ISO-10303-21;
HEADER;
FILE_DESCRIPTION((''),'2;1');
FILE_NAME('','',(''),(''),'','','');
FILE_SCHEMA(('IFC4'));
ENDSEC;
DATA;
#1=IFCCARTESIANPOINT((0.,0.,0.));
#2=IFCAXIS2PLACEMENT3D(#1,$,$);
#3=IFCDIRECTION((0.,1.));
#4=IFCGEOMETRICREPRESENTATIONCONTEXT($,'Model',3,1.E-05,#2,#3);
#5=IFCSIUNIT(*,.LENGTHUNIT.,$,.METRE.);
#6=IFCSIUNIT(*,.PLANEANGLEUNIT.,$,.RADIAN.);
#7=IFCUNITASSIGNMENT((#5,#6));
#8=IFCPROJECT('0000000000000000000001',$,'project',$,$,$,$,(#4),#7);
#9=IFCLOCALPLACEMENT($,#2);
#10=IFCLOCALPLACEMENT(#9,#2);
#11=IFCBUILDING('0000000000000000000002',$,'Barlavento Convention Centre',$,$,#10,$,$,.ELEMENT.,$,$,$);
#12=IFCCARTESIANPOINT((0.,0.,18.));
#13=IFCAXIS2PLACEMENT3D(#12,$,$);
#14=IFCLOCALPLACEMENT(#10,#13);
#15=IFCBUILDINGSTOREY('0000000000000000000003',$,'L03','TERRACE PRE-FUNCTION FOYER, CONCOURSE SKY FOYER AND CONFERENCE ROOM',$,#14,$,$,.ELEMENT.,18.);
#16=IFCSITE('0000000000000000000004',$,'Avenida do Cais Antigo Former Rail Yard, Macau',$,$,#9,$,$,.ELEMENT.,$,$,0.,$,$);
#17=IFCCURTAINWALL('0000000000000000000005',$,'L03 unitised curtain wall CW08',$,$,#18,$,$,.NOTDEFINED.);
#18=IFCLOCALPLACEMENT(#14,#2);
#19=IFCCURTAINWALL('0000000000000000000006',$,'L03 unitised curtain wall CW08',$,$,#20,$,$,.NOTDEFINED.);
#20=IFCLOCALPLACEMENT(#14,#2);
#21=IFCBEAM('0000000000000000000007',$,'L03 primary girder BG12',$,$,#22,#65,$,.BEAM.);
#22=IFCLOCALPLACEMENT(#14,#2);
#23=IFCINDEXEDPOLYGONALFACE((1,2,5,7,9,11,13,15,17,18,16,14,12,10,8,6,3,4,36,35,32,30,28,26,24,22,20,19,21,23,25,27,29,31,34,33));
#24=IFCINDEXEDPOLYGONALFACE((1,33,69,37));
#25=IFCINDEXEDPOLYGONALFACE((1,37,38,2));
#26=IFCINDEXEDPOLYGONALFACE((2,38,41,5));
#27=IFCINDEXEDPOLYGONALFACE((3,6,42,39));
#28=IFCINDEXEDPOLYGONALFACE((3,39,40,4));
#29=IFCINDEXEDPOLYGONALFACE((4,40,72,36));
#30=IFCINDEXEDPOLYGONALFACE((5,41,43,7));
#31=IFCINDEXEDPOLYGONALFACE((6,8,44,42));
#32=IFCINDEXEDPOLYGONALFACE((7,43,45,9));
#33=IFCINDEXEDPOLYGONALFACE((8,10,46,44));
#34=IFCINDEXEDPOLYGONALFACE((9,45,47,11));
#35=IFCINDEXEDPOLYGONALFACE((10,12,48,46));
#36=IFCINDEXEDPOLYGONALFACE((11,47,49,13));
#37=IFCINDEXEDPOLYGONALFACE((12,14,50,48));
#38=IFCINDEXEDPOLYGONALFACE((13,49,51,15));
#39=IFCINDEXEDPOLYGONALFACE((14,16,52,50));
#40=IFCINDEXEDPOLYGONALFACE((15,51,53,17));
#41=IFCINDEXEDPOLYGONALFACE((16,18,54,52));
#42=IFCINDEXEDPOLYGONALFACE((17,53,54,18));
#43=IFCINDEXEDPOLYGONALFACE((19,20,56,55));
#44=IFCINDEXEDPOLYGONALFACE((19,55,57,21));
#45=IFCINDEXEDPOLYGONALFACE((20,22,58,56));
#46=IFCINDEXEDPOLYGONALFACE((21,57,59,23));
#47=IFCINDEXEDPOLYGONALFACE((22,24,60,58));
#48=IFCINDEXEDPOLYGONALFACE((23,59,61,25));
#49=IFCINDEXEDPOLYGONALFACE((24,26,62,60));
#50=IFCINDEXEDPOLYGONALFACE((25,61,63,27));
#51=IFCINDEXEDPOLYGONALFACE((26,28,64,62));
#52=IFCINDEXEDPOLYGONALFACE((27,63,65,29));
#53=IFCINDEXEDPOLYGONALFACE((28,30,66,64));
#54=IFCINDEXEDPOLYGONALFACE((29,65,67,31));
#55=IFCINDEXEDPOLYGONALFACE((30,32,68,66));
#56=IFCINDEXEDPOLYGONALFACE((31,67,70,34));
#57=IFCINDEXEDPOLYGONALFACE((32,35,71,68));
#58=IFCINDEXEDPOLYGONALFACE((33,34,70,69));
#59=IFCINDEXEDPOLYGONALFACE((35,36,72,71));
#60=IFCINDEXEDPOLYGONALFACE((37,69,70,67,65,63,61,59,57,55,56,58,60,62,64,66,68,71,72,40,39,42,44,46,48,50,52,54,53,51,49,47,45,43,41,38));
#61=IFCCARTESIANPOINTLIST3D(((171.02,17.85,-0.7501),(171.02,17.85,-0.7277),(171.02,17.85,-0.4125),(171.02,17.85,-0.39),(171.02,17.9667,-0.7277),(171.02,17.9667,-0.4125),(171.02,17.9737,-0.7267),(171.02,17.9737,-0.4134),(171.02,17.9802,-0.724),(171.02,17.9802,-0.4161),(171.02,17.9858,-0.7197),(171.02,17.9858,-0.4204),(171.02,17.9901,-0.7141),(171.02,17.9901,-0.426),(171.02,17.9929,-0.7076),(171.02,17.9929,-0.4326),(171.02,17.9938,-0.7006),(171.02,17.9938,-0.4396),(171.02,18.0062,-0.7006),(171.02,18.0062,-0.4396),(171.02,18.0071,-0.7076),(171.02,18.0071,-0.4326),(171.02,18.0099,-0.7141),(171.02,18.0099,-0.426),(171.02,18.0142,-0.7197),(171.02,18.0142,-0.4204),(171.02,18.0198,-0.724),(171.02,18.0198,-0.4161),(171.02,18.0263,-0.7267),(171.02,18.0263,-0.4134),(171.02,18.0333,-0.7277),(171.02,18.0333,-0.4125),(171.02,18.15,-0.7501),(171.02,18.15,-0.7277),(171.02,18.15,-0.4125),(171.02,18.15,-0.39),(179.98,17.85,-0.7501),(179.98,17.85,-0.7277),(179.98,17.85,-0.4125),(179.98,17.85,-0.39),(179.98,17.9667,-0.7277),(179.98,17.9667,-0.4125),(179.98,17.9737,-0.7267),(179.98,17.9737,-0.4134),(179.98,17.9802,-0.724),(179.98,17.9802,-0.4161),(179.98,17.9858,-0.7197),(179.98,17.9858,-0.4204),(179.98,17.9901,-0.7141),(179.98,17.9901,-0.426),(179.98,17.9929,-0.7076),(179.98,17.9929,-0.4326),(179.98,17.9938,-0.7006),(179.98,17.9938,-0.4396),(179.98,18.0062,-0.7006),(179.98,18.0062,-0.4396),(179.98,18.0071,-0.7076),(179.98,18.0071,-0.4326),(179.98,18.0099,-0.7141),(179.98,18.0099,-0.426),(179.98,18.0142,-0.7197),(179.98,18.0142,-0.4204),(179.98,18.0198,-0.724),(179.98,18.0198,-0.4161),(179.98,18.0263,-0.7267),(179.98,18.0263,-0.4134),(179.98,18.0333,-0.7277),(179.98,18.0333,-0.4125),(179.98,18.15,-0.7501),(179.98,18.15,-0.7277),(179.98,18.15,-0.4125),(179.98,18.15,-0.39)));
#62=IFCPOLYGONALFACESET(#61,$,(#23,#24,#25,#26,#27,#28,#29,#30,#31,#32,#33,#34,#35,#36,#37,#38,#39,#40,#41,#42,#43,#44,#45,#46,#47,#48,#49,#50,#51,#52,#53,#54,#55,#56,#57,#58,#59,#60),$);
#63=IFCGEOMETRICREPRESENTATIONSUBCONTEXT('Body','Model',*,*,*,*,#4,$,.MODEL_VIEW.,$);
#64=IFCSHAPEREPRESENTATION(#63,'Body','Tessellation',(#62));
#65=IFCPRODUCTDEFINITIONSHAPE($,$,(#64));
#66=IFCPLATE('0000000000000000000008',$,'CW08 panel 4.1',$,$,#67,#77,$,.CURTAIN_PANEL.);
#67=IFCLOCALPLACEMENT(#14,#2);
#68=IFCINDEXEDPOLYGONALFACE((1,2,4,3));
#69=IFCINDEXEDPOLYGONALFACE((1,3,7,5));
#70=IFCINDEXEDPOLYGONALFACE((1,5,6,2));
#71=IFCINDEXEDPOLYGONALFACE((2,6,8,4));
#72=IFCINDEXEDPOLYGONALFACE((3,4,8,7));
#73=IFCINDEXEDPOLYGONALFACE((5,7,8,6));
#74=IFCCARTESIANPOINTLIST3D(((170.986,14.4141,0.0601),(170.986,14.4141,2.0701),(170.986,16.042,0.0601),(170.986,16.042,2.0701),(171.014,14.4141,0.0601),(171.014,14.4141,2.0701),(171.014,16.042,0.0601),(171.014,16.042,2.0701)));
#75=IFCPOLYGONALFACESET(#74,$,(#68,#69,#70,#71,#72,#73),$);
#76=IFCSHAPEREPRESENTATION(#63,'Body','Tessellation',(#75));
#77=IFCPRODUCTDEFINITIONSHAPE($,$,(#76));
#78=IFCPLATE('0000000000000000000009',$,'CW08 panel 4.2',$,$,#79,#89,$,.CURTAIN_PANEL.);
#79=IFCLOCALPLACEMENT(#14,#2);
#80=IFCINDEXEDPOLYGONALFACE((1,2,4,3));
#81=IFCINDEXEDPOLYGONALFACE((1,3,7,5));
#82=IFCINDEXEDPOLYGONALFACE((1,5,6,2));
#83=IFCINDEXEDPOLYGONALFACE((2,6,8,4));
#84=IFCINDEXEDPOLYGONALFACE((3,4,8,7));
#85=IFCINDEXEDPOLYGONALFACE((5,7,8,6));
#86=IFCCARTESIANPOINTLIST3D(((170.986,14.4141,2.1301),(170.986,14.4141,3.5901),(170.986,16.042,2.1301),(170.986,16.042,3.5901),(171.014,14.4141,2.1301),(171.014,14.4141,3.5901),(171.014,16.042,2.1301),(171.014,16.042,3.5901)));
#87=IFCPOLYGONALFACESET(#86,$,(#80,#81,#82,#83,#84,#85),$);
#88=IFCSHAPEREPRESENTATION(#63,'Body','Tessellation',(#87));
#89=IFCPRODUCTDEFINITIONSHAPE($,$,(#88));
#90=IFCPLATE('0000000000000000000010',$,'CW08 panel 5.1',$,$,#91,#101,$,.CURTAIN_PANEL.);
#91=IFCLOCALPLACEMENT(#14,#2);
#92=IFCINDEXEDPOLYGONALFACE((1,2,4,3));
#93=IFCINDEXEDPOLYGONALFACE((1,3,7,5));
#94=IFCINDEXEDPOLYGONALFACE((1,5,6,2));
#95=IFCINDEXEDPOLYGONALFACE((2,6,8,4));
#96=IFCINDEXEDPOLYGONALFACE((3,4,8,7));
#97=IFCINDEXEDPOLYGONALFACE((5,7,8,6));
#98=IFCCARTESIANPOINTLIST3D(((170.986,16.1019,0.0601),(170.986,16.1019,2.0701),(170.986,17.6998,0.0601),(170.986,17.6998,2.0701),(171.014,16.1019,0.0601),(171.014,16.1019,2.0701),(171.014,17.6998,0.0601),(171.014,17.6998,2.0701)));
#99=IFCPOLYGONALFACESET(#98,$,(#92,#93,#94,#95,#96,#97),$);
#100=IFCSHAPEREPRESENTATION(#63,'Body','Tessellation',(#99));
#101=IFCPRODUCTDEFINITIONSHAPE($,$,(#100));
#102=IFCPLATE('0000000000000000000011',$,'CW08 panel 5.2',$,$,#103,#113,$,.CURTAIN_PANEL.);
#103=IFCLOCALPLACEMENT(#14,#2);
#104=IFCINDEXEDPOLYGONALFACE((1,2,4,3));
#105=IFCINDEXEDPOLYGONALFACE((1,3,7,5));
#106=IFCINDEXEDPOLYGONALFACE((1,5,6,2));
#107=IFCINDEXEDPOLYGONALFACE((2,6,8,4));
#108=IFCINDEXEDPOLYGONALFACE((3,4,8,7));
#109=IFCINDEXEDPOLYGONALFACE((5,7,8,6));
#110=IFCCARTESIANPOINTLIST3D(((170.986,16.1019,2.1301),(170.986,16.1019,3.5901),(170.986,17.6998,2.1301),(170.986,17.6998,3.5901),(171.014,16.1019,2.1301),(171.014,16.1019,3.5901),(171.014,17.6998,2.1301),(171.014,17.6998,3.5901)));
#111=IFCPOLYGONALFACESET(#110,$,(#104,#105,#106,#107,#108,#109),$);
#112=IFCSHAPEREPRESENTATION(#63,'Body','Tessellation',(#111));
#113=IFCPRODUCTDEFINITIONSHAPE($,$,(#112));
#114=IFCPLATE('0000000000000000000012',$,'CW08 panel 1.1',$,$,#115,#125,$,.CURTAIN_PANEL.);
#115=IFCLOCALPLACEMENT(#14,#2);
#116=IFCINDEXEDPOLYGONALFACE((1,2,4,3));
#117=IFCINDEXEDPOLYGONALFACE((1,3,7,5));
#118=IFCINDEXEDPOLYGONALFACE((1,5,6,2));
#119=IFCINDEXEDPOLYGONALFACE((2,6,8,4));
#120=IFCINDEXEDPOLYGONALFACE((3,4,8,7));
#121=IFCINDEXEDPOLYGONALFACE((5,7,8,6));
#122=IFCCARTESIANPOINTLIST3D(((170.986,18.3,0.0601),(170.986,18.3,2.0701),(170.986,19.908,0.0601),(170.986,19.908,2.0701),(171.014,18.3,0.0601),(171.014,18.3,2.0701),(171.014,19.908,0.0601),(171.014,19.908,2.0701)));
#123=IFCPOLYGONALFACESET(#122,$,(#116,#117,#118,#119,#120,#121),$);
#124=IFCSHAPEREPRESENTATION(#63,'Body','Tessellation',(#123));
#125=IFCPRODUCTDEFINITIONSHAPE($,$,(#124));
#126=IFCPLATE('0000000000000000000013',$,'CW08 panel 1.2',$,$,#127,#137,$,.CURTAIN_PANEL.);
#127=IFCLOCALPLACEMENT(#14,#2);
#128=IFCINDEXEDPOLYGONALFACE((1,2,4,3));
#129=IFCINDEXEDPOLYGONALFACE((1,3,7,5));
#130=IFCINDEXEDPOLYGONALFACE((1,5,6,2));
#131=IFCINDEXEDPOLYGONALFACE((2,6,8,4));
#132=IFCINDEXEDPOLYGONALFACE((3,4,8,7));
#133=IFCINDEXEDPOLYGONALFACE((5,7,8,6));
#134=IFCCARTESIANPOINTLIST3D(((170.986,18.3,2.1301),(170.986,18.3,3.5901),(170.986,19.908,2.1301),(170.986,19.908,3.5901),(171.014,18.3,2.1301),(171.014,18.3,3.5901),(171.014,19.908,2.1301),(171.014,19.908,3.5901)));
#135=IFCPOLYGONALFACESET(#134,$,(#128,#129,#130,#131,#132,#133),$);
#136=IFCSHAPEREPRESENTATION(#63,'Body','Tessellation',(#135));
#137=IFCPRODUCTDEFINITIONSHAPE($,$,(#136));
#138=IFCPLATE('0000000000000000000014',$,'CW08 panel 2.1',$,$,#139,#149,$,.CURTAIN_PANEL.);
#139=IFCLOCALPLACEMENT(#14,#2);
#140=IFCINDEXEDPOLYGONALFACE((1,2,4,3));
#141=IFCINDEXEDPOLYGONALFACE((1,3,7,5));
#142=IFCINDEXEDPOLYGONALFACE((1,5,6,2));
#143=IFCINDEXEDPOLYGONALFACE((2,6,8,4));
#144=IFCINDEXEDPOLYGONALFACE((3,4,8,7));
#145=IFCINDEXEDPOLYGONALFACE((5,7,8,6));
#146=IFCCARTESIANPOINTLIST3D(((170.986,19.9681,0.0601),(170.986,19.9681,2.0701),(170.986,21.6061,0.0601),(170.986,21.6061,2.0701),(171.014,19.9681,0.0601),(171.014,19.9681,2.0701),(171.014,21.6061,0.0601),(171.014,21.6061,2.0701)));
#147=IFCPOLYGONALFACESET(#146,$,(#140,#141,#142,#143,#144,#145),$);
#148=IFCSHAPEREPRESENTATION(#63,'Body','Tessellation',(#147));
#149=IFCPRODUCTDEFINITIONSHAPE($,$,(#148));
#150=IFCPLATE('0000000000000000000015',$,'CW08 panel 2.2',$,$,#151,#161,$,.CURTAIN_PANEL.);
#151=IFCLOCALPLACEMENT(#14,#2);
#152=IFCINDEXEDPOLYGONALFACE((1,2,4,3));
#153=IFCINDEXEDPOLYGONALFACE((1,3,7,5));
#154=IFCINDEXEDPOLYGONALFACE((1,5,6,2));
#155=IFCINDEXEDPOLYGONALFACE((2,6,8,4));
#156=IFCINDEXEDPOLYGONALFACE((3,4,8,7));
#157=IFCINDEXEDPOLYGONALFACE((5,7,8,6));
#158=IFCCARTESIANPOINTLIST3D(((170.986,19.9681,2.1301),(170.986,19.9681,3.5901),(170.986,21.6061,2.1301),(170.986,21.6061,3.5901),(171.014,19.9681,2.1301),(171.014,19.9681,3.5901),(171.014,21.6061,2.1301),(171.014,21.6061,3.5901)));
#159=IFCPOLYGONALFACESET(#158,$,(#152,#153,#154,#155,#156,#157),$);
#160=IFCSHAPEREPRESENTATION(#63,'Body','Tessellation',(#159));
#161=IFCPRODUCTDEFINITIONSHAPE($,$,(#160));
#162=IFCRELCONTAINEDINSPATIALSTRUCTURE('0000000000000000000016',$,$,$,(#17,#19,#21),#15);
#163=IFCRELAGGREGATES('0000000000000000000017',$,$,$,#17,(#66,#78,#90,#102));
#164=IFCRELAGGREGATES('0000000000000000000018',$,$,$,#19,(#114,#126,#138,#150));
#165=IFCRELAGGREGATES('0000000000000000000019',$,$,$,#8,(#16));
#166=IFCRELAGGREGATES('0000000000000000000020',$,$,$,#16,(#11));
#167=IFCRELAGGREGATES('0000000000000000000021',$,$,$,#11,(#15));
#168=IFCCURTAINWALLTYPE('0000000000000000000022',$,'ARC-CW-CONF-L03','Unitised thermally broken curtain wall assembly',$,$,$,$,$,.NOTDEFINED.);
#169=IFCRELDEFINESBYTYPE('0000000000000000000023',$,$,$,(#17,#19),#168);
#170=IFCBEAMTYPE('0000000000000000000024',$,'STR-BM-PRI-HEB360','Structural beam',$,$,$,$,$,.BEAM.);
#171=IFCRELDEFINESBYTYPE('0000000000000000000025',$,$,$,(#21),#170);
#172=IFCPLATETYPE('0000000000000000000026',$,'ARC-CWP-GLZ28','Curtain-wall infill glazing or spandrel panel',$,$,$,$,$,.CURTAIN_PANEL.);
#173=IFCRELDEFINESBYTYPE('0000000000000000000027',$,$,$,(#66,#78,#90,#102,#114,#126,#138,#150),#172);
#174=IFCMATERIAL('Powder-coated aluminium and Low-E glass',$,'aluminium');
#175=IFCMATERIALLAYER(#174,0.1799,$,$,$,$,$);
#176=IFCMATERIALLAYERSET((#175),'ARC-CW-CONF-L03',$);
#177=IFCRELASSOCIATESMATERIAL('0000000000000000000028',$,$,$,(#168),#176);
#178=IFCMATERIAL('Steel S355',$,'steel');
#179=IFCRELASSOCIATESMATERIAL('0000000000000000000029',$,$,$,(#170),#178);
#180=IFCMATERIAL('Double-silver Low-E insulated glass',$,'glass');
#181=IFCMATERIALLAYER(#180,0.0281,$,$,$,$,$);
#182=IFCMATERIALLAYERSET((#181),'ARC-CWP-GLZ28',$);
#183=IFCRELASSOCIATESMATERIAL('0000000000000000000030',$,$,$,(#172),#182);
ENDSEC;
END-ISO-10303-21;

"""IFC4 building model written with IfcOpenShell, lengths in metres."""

from ifc_helpers import new_model, si_unit, direction, frame, origin, origin_2d, place, context, subcontext, project, spatial, rectangle, i_section, extrude, material, layer, layer_set, material_profile, profile_set, type_object, element, aggregate, save


model = new_model("IFC4")

# Units and contexts
model_context = context("Model", 3, precision=1e-05, world=origin(), true_north=direction((0.0, 1.0)))
body_context = subcontext(model_context, "Body", "Model", "MODEL_VIEW")
ifc_project = project(units=[si_unit("LENGTHUNIT", "METRE"), si_unit("PLANEANGLEUNIT", "RADIAN")], contexts=[model_context])

# Site, building, storey
site_placement = place(None, origin())
site = spatial("IfcSite", under=ifc_project, at=site_placement, Name="Avenida do Cais Antigo Former Rail Yard, Macau", CompositionType="ELEMENT", RefElevation=0.0)
building_placement = place(site_placement, origin())
building = spatial("IfcBuilding", under=site, at=building_placement, Name="Barlavento Convention Centre", CompositionType="ELEMENT")
storey_placement = place(building_placement, frame((0.0, 0.0, 18.0)))
storey = spatial("IfcBuildingStorey", under=building, at=storey_placement, Name="L03", Description="TERRACE PRE-FUNCTION FOYER, CONCOURSE SKY FOYER AND CONFERENCE ROOM", CompositionType="ELEMENT", Elevation=18.0)

# Shared definitions
ifc_material_1 = material(Name="Steel S355", Category="steel")

# Curtain walls
ifc_material_2 = material(Name="Powder-coated aluminium and Low-E glass", Category="aluminium")
ifc_layer_1 = layer(ifc_material_2, 0.1799)
ifc_layer_set_1 = layer_set([ifc_layer_1], Name="ARC-CW-CONF-L03")
curtain_wall_type = type_object("IfcCurtainWallType", Name="ARC-CW-CONF-L03", Description="Unitised thermally broken curtain wall assembly", PredefinedType="NOTDEFINED", material=ifc_layer_set_1)
curtain_wall_1_placement = place(storey_placement, origin())
curtain_wall_1 = element("IfcCurtainWall", 1, at=curtain_wall_1_placement, inside=storey, type_object=curtain_wall_type, Name="L03 unitised curtain wall CW08", PredefinedType="NOTDEFINED")
curtain_wall_2_placement = place(storey_placement, origin())
curtain_wall_2 = element("IfcCurtainWall", 2, at=curtain_wall_2_placement, inside=storey, type_object=curtain_wall_type, Name="L03 unitised curtain wall CW08", PredefinedType="NOTDEFINED")

# Beam
ifc_material_profile_1 = material_profile(ifc_material_1, i_section(OverallWidth=0.3, OverallDepth=0.3601, WebThickness=0.0125, FlangeThickness=0.0225, FilletRadius=0.0271, at=origin_2d()), Name="HEB 360")
ifc_profile_set_1 = profile_set([ifc_material_profile_1], Name="Steel S355")
beam_type_1 = type_object("IfcBeamType", Name="STR-BM-PRI-HEB360", Description="Structural beam", PredefinedType="BEAM", material=ifc_profile_set_1)
beam_1_placement = place(storey_placement, frame((171.02, 18.0, -0.5701), z_axis=(1.0, 0.0, 0.0), x_axis=(0.0, 1.0, 0.0)))
element("IfcBeam", 3, at=beam_1_placement, inside=storey, type_object=beam_type_1, Name="L03 primary girder BG12", PredefinedType="BEAM", context=body_context, shape_type="SweptSolid", body=[
    extrude(i_section(OverallWidth=0.3, OverallDepth=0.3601, WebThickness=0.0125, FlangeThickness=0.0225, FilletRadius=0.0271, at=origin_2d()), origin(), (0.0, 0.0, 1.0), 8.96),
])

# Plates
ifc_material_3 = material(Name="Double-silver Low-E insulated glass", Category="glass")
ifc_layer_2 = layer(ifc_material_3, 0.0281)
ifc_layer_set_2 = layer_set([ifc_layer_2], Name="ARC-CWP-GLZ28")
plate_type = type_object("IfcPlateType", Name="ARC-CWP-GLZ28", Description="Curtain-wall infill glazing or spandrel panel", PredefinedType="CURTAIN_PANEL", material=ifc_layer_set_2)
plate_1_placement = place(storey_placement, frame((171.0, 15.228, 0.0601), z_axis=(0.0, 0.0, 1.0), x_axis=(0.0, 1.0, 0.0)))
plate_1 = element("IfcPlate", 4, at=plate_1_placement, type_object=plate_type, Name="CW08 panel 4.1", PredefinedType="CURTAIN_PANEL", context=body_context, shape_type="SweptSolid", body=[
    extrude(rectangle(XDim=1.6279, YDim=0.0281, at=origin_2d()), origin(), (0.0, 0.0, 1.0), 2.01),
])
plate_2_placement = place(storey_placement, frame((171.0, 15.228, 2.1301), z_axis=(0.0, 0.0, 1.0), x_axis=(0.0, 1.0, 0.0)))
plate_2 = element("IfcPlate", 5, at=plate_2_placement, type_object=plate_type, Name="CW08 panel 4.2", PredefinedType="CURTAIN_PANEL", context=body_context, shape_type="SweptSolid", body=[
    extrude(rectangle(XDim=1.6279, YDim=0.0281, at=origin_2d()), origin(), (0.0, 0.0, 1.0), 1.46),
])
plate_3_placement = place(storey_placement, frame((171.0, 16.9009, 0.0601), z_axis=(0.0, 0.0, 1.0), x_axis=(0.0, 1.0, 0.0)))
plate_3 = element("IfcPlate", 6, at=plate_3_placement, type_object=plate_type, Name="CW08 panel 5.1", PredefinedType="CURTAIN_PANEL", context=body_context, shape_type="SweptSolid", body=[
    extrude(rectangle(XDim=1.5979, YDim=0.0281, at=origin_2d()), origin(), (0.0, 0.0, 1.0), 2.01),
])
plate_4_placement = place(storey_placement, frame((171.0, 16.9009, 2.1301), z_axis=(0.0, 0.0, 1.0), x_axis=(0.0, 1.0, 0.0)))
plate_4 = element("IfcPlate", 7, at=plate_4_placement, type_object=plate_type, Name="CW08 panel 5.2", PredefinedType="CURTAIN_PANEL", context=body_context, shape_type="SweptSolid", body=[
    extrude(rectangle(XDim=1.5979, YDim=0.0281, at=origin_2d()), origin(), (0.0, 0.0, 1.0), 1.46),
])
aggregate(curtain_wall_1, [plate_1, plate_2, plate_3, plate_4])
plate_5_placement = place(storey_placement, frame((171.0, 19.104, 0.0601), z_axis=(0.0, 0.0, 1.0), x_axis=(0.0, 1.0, 0.0)))
plate_5 = element("IfcPlate", 8, at=plate_5_placement, type_object=plate_type, Name="CW08 panel 1.1", PredefinedType="CURTAIN_PANEL", context=body_context, shape_type="SweptSolid", body=[
    extrude(rectangle(XDim=1.6079, YDim=0.0281, at=origin_2d()), origin(), (0.0, 0.0, 1.0), 2.01),
])
plate_6_placement = place(storey_placement, frame((171.0, 19.104, 2.1301), z_axis=(0.0, 0.0, 1.0), x_axis=(0.0, 1.0, 0.0)))
plate_6 = element("IfcPlate", 9, at=plate_6_placement, type_object=plate_type, Name="CW08 panel 1.2", PredefinedType="CURTAIN_PANEL", context=body_context, shape_type="SweptSolid", body=[
    extrude(rectangle(XDim=1.6079, YDim=0.0281, at=origin_2d()), origin(), (0.0, 0.0, 1.0), 1.46),
])
plate_7_placement = place(storey_placement, frame((171.0, 20.7871, 0.0601), z_axis=(0.0, 0.0, 1.0), x_axis=(0.0, 1.0, 0.0)))
plate_7 = element("IfcPlate", 10, at=plate_7_placement, type_object=plate_type, Name="CW08 panel 2.1", PredefinedType="CURTAIN_PANEL", context=body_context, shape_type="SweptSolid", body=[
    extrude(rectangle(XDim=1.6379, YDim=0.0281, at=origin_2d()), origin(), (0.0, 0.0, 1.0), 2.01),
])
plate_8_placement = place(storey_placement, frame((171.0, 20.7871, 2.1301), z_axis=(0.0, 0.0, 1.0), x_axis=(0.0, 1.0, 0.0)))
plate_8 = element("IfcPlate", 11, at=plate_8_placement, type_object=plate_type, Name="CW08 panel 2.2", PredefinedType="CURTAIN_PANEL", context=body_context, shape_type="SweptSolid", body=[
    extrude(rectangle(XDim=1.6379, YDim=0.0281, at=origin_2d()), origin(), (0.0, 0.0, 1.0), 1.46),
])
aggregate(curtain_wall_2, [plate_5, plate_6, plate_7, plate_8])

save(model, "model.ifc")
